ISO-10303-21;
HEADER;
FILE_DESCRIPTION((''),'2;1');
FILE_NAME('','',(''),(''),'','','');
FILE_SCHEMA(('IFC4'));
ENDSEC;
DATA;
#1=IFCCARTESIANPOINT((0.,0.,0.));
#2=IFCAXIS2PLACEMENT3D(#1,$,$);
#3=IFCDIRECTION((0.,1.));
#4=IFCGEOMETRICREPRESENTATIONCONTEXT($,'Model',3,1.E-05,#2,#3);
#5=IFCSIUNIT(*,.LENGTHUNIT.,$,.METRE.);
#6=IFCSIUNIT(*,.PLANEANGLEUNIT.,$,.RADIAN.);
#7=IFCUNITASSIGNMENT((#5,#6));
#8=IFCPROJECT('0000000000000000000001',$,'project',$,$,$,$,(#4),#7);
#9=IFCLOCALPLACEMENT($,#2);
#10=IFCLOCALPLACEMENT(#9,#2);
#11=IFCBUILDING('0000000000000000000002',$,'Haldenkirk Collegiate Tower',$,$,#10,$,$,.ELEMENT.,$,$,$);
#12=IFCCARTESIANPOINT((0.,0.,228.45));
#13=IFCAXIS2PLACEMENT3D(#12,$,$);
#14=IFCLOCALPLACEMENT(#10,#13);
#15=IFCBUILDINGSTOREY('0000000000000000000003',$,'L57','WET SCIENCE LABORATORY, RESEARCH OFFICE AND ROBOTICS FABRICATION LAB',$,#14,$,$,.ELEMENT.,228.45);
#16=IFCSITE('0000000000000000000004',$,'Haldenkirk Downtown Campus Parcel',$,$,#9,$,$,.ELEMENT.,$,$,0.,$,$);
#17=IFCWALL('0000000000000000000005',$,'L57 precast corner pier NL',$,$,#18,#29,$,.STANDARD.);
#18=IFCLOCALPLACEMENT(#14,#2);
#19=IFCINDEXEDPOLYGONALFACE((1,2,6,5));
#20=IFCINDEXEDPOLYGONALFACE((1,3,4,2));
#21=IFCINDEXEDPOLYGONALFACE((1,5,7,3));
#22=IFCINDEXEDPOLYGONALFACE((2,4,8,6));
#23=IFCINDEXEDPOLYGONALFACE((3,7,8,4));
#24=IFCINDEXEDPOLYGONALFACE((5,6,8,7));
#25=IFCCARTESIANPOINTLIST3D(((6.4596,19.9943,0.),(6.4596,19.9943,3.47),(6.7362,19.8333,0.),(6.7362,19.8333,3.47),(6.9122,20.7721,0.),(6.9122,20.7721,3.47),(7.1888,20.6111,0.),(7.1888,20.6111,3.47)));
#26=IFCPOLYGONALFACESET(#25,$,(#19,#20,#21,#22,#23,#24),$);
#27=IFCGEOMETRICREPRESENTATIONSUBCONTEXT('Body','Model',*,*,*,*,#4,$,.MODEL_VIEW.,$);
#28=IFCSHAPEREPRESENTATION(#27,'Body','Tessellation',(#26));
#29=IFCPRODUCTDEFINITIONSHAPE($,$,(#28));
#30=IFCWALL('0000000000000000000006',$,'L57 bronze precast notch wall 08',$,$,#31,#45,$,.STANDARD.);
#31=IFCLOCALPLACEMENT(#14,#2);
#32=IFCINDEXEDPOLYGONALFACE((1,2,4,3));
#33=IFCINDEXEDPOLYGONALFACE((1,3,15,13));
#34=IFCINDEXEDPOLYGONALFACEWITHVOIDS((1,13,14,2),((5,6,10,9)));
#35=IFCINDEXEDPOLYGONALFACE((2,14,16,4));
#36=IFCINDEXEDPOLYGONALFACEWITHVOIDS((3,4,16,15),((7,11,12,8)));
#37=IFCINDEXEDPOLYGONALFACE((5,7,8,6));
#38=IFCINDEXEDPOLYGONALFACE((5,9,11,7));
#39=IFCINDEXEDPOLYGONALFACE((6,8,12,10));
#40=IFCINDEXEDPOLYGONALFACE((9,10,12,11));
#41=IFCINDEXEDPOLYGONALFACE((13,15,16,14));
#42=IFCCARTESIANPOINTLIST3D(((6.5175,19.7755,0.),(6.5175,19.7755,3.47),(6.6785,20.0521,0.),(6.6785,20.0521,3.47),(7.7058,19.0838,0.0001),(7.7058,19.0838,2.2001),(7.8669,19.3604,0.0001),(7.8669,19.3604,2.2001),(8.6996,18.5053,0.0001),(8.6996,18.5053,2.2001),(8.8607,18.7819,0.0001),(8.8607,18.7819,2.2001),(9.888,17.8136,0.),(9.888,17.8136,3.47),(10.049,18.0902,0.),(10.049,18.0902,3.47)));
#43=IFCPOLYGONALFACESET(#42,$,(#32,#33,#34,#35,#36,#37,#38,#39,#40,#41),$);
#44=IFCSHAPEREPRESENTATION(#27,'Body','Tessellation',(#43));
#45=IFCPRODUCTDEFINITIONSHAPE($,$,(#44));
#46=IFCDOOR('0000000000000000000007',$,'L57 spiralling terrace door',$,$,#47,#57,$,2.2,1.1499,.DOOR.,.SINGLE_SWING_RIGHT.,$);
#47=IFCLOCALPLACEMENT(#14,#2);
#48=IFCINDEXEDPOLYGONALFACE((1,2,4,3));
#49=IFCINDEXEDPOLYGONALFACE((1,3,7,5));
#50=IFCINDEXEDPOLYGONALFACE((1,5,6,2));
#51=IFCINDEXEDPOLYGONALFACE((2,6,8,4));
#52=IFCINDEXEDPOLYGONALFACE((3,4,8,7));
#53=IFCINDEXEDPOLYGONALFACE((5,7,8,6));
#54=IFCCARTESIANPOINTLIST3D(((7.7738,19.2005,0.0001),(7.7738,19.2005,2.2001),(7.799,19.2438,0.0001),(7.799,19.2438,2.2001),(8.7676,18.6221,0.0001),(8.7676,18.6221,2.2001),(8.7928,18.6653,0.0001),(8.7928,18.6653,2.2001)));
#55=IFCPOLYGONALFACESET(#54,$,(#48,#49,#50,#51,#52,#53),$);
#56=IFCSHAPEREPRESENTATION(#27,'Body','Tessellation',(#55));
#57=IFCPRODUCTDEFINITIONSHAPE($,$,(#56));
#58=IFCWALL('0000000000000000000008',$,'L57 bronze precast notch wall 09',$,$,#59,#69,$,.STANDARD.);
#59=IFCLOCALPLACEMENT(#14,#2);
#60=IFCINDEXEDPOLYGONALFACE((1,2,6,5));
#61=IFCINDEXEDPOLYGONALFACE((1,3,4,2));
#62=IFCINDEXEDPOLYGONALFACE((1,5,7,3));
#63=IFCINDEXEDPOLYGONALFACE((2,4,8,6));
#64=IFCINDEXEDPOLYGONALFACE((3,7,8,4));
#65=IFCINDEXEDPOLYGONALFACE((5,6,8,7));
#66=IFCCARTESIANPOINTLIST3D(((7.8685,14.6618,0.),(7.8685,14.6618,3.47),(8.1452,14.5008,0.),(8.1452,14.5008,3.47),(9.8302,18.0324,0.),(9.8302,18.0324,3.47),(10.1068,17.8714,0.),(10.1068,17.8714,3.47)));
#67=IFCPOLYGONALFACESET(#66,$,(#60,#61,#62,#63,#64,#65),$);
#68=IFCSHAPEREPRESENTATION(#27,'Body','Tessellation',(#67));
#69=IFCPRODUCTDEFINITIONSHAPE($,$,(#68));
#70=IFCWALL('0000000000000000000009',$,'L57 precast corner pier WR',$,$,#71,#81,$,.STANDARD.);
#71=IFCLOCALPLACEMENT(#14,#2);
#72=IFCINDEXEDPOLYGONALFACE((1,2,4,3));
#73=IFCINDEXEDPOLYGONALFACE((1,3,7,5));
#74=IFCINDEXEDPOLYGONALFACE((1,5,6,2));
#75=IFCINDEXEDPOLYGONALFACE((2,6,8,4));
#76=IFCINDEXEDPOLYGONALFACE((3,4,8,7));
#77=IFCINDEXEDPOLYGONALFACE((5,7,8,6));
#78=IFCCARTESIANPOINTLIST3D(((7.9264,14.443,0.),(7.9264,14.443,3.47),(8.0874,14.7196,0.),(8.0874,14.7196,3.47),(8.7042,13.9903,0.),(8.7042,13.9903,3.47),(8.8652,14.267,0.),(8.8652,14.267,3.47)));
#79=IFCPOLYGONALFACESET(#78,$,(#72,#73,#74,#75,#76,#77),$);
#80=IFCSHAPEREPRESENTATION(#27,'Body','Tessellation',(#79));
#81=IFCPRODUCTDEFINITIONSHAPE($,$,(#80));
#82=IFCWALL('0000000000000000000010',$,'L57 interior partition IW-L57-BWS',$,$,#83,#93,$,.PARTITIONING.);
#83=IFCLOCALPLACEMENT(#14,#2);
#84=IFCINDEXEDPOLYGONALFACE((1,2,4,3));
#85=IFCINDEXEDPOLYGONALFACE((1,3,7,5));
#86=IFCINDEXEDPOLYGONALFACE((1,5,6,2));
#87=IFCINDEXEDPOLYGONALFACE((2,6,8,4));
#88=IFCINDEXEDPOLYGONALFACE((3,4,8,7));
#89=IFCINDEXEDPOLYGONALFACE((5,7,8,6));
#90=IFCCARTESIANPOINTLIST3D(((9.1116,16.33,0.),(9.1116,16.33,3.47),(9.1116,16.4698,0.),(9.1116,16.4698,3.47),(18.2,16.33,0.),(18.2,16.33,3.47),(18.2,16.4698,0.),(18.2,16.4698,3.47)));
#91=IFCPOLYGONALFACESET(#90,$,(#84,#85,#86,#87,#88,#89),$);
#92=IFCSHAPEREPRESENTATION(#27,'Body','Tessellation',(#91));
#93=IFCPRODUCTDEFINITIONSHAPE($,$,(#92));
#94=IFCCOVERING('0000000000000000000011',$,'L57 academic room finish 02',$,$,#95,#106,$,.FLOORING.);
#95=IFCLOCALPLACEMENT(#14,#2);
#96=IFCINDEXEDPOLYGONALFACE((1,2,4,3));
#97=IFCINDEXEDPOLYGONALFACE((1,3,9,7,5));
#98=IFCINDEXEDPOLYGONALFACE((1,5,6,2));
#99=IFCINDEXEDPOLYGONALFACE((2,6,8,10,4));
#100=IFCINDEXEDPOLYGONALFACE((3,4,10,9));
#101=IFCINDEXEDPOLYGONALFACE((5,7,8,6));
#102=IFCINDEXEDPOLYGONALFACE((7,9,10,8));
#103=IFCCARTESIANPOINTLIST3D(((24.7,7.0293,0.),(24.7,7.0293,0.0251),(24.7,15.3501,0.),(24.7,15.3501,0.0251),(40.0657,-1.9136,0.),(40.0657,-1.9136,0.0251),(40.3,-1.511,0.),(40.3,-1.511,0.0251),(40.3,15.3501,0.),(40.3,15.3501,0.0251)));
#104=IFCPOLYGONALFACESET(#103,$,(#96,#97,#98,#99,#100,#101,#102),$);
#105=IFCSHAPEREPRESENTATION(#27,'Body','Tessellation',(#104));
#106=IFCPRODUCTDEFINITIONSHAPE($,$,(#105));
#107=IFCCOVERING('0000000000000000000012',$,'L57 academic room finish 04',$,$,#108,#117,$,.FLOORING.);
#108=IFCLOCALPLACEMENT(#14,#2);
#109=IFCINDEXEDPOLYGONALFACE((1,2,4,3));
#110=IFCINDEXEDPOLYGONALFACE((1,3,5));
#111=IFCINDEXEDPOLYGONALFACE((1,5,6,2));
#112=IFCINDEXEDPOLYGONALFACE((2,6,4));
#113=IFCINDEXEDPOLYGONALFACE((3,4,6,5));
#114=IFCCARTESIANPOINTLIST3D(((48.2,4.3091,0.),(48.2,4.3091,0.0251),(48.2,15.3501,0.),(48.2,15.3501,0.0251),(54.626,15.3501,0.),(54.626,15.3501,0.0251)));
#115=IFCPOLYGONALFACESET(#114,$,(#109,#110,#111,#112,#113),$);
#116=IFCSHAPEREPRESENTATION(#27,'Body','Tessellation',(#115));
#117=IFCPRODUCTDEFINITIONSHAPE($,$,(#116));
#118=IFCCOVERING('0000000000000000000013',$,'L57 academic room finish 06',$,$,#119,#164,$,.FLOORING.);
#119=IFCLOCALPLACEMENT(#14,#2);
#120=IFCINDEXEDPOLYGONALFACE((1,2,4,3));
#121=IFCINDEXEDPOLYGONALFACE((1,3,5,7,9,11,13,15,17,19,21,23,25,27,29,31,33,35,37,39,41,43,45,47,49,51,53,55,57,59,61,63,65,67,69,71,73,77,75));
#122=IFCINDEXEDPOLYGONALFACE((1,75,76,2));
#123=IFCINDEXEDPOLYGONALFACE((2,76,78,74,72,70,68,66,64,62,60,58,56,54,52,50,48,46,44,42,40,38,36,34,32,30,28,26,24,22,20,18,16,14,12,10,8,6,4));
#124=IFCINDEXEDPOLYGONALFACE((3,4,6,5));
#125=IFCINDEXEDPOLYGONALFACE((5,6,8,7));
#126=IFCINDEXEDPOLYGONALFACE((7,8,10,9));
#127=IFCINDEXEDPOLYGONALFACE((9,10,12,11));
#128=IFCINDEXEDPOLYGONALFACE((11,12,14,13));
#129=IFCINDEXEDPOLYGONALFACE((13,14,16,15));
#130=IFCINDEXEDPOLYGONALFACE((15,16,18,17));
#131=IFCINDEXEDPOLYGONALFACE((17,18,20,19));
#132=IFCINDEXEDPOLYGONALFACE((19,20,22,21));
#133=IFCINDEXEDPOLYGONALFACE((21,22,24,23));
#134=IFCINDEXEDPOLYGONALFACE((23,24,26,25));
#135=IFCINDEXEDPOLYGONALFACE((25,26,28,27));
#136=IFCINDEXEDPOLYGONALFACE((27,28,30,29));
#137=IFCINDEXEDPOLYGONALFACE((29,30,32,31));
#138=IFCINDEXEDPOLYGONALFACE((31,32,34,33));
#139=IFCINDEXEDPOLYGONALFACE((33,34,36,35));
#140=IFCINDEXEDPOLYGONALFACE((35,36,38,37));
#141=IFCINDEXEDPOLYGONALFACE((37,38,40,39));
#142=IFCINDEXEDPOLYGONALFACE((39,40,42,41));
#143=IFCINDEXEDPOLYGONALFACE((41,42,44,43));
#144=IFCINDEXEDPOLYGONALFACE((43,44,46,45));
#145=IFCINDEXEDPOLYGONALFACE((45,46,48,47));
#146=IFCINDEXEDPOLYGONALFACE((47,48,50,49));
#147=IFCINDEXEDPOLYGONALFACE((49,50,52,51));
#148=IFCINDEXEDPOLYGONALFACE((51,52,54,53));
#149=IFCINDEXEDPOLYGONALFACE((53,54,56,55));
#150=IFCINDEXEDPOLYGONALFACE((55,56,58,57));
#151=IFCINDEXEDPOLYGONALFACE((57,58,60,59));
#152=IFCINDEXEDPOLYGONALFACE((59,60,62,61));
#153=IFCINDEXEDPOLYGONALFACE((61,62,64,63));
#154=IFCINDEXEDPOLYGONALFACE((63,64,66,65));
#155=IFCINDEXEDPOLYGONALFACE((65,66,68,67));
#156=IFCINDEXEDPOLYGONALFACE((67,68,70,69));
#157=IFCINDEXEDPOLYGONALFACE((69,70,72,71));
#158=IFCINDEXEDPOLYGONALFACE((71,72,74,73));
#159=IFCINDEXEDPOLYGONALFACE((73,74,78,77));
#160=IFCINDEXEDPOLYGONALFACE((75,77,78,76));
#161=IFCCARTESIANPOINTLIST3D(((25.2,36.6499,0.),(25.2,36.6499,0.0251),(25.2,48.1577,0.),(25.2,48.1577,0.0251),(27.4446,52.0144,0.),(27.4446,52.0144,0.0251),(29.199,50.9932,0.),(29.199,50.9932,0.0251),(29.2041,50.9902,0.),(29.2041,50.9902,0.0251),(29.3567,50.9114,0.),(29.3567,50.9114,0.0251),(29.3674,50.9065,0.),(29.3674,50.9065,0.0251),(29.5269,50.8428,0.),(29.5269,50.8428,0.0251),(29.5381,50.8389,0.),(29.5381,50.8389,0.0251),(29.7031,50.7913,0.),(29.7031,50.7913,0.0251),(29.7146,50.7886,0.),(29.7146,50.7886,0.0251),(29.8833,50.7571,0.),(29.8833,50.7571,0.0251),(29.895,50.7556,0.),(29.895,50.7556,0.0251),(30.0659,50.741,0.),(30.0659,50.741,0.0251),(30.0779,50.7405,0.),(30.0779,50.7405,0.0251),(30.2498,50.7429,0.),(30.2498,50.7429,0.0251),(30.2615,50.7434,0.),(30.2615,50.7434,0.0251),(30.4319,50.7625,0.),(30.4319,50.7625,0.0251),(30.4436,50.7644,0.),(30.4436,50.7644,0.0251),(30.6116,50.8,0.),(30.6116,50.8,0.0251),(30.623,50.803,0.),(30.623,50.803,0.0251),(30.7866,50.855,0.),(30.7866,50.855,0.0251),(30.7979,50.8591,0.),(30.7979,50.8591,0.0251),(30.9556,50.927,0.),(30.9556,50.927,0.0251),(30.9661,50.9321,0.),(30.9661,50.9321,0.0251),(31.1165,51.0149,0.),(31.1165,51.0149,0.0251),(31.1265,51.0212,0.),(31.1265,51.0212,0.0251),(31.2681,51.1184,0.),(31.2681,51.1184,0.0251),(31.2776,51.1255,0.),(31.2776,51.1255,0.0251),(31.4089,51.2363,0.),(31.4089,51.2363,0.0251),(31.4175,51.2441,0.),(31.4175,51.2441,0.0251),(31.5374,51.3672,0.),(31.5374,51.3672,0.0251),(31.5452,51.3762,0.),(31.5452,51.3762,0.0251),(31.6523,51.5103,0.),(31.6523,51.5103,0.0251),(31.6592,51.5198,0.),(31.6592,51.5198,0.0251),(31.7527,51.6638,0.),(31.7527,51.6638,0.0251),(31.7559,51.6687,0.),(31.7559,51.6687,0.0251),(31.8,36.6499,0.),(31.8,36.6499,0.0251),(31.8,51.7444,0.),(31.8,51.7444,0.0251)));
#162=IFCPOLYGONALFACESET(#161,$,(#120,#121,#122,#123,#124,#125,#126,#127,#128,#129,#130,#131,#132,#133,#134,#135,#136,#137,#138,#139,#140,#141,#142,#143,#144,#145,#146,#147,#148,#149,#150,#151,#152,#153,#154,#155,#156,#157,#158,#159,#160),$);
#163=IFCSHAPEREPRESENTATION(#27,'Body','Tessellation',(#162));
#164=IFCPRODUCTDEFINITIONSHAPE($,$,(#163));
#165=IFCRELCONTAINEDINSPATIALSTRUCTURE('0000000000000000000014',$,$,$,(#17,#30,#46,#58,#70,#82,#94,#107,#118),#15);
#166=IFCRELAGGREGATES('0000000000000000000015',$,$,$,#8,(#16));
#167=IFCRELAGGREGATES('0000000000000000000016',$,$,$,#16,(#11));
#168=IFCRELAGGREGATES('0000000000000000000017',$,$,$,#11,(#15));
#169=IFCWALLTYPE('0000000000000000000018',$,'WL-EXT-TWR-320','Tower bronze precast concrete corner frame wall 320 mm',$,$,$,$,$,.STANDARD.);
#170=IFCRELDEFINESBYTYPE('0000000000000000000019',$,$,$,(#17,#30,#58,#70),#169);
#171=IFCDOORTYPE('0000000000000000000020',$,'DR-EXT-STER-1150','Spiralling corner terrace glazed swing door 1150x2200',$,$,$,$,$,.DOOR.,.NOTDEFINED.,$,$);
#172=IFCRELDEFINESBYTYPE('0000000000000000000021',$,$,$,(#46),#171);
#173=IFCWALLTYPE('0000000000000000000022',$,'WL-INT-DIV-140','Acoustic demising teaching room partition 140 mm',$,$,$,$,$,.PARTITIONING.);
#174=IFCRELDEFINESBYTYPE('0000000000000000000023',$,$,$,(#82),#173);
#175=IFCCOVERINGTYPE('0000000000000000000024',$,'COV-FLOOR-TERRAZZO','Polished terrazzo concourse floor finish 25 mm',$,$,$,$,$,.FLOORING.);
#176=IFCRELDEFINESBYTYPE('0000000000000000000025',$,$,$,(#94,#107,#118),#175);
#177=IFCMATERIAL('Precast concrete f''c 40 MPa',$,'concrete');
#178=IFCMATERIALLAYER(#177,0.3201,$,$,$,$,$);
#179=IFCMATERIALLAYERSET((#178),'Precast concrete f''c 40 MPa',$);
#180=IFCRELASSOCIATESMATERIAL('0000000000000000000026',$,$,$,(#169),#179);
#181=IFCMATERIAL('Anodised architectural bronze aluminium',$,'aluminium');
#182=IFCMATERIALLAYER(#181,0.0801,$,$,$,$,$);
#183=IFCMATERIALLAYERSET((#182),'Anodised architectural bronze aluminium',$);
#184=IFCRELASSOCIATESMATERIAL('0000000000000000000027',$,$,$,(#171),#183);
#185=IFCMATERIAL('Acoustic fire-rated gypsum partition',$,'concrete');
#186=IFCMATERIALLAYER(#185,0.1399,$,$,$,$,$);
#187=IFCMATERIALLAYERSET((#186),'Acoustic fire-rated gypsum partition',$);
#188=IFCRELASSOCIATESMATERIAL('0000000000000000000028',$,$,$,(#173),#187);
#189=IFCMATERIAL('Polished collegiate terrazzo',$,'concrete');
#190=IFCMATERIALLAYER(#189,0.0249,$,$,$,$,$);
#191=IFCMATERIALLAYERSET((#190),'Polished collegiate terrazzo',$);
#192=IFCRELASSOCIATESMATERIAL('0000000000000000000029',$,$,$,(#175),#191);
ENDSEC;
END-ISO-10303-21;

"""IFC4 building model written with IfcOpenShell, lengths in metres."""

from ifc_helpers import new_model, si_unit, direction, frame, frame_2d, origin, place, context, subcontext, project, spatial, polyline, rectangle, outline, extrude, material, layer, layer_set, type_object, element, fill, save


model = new_model("IFC4")

# Units and contexts
model_context = context("Model", 3, precision=1e-05, world=origin(), true_north=direction((0.0, 1.0)))
body_context = subcontext(model_context, "Body", "Model", "MODEL_VIEW")
ifc_project = project(units=[si_unit("LENGTHUNIT", "METRE"), si_unit("PLANEANGLEUNIT", "RADIAN")], contexts=[model_context])

# Site, building, storey
site_placement = place(None, origin())
site = spatial("IfcSite", under=ifc_project, at=site_placement, Name="Haldenkirk Downtown Campus Parcel", CompositionType="ELEMENT", RefElevation=0.0)
building_placement = place(site_placement, origin())
building = spatial("IfcBuilding", under=site, at=building_placement, Name="Haldenkirk Collegiate Tower", CompositionType="ELEMENT")
storey_placement = place(building_placement, frame((0.0, 0.0, 228.45)))
storey = spatial("IfcBuildingStorey", under=building, at=storey_placement, Name="L57", Description="WET SCIENCE LABORATORY, RESEARCH OFFICE AND ROBOTICS FABRICATION LAB", CompositionType="ELEMENT", Elevation=228.45)

# Shared definitions
ifc_material_1 = material(Name="Anodised architectural bronze aluminium", Category="aluminium")

# Wall
ifc_material_2 = material(Name="Precast concrete f'c 40 MPa", Category="concrete")
ifc_layer_1 = layer(ifc_material_2, 0.3201)
ifc_layer_set_1 = layer_set([ifc_layer_1], Name="Precast concrete f'c 40 MPa")
wall_type_1 = type_object("IfcWallType", Name="WL-EXT-TWR-320", Description="Tower bronze precast concrete corner frame wall 320 mm", PredefinedType="STANDARD", material=ifc_layer_set_1)
wall_1_placement = place(storey_placement, frame((6.5979, 19.9138, 0.0), z_axis=(0.0, 0.0, 1.0), x_axis=(0.50296, 0.86431, 0.0)))
element("IfcWall", 1, at=wall_1_placement, inside=storey, type_object=wall_type_1, Name="L57 precast corner pier NL", PredefinedType="STANDARD", context=body_context, shape_type="SweptSolid", body=[
    extrude(rectangle(XDim=0.8999, YDim=0.3201, at=frame_2d((0.45, 0.0))), origin(), (0.0, 0.0, 1.0), 3.47),
])

# Wall, opening, door
wall_2_placement = place(storey_placement, frame((9.9685, 17.9519, 0.0), z_axis=(0.0, 0.0, 1.0), x_axis=(-0.864255, 0.503053, 0.0)))
wall_2 = element("IfcWall", 2, at=wall_2_placement, inside=storey, type_object=wall_type_1, Name="L57 bronze precast notch wall 08", PredefinedType="STANDARD", context=body_context, shape_type="SweptSolid", body=[
    extrude(rectangle(XDim=3.8999, YDim=0.3201, at=frame_2d((1.95, 0.0))), origin(), (0.0, 0.0, 1.0), 3.47),
])
opening_placement = place(wall_2_placement, frame((1.375, 0.0, 0.0)))
opening = element("IfcOpeningElement", 3, at=opening_placement, cuts=wall_2, PredefinedType="OPENING", context=body_context, shape_type="SweptSolid", body=[
    extrude(rectangle(XDim=1.1499, YDim=2.2, at=frame_2d((0.575, 1.1001))), frame((0.0, 0.1699, 0.0), z_axis=(0.0, -1.0, 0.0), x_axis=(1.0, 0.0, 0.0)), (0.0, 0.0, 1.0), 0.3401),
])
ifc_layer_2 = layer(ifc_material_1, 0.0801)
ifc_layer_set_2 = layer_set([ifc_layer_2], Name="Anodised architectural bronze aluminium")
door_type = type_object("IfcDoorType", Name="DR-EXT-STER-1150", Description="Spiralling corner terrace glazed swing door 1150x2200", OperationType="NOTDEFINED", PredefinedType="DOOR", material=ifc_layer_set_2)
door_placement = place(opening_placement, origin())
door = element("IfcDoor", 4, at=door_placement, inside=storey, type_object=door_type, Name="L57 spiralling terrace door", OperationType="SINGLE_SWING_RIGHT", OverallHeight=2.2, OverallWidth=1.1499, PredefinedType="DOOR", context=body_context, shape_type="SweptSolid", body=[
    extrude(rectangle(XDim=1.1499, YDim=2.2, at=frame_2d((0.575, 1.1001))), frame((0.0, 0.0249, 0.0), z_axis=(0.0, -1.0, 0.0), x_axis=(1.0, 0.0, 0.0)), (0.0, 0.0, 1.0), 0.05),
])
fill(opening, door)

# Walls
wall_3_placement = place(storey_placement, frame((8.0068, 14.5813, 0.0), z_axis=(0.0, 0.0, 1.0), x_axis=(0.503007, 0.864283, 0.0)))
element("IfcWall", 5, at=wall_3_placement, inside=storey, type_object=wall_type_1, Name="L57 bronze precast notch wall 09", PredefinedType="STANDARD", context=body_context, shape_type="SweptSolid", body=[
    extrude(rectangle(XDim=3.8999, YDim=0.3201, at=frame_2d((1.95, 0.0))), origin(), (0.0, 0.0, 1.0), 3.47),
])
wall_4_placement = place(storey_placement, frame((8.7847, 14.1287, 0.0), z_axis=(0.0, 0.0, 1.0), x_axis=(-0.86431, 0.50296, 0.0)))
element("IfcWall", 6, at=wall_4_placement, inside=storey, type_object=wall_type_1, Name="L57 precast corner pier WR", PredefinedType="STANDARD", context=body_context, shape_type="SweptSolid", body=[
    extrude(rectangle(XDim=0.8999, YDim=0.3201, at=frame_2d((0.45, 0.0))), origin(), (0.0, 0.0, 1.0), 3.47),
])
ifc_material_3 = material(Name="Acoustic fire-rated gypsum partition", Category="concrete")
ifc_layer_3 = layer(ifc_material_3, 0.1399)
ifc_layer_set_3 = layer_set([ifc_layer_3], Name="Acoustic fire-rated gypsum partition")
wall_type_2 = type_object("IfcWallType", Name="WL-INT-DIV-140", Description="Acoustic demising teaching room partition 140 mm", PredefinedType="PARTITIONING", material=ifc_layer_set_3)
wall_5_placement = place(storey_placement, frame((9.1116, 16.3999, 0.0), z_axis=(0.0, 0.0, 1.0), x_axis=(1.0, 0.0, 0.0)))
element("IfcWall", 7, at=wall_5_placement, inside=storey, type_object=wall_type_2, Name="L57 interior partition IW-L57-BWS", PredefinedType="PARTITIONING", context=body_context, shape_type="SweptSolid", body=[
    extrude(rectangle(XDim=9.0884, YDim=0.1399, at=frame_2d((4.5442, 0.0))), origin(), (0.0, 0.0, 1.0), 3.47),
])

# Coverings
ifc_material_4 = material(Name="Polished collegiate terrazzo", Category="concrete")
ifc_layer_4 = layer(ifc_material_4, 0.0249)
ifc_layer_set_4 = layer_set([ifc_layer_4], Name="Polished collegiate terrazzo")
covering_type_1 = type_object("IfcCoveringType", Name="COV-FLOOR-TERRAZZO", Description="Polished terrazzo concourse floor finish 25 mm", PredefinedType="FLOORING", material=ifc_layer_set_4)
covering_1_placement = place(storey_placement, origin())
element("IfcCovering", 8, at=covering_1_placement, inside=storey, type_object=covering_type_1, Name="L57 academic room finish 02", PredefinedType="FLOORING", context=body_context, shape_type="SweptSolid", body=[
    extrude(outline(polyline([(40.0657, -1.9136), (24.7, 7.0293), (24.7, 15.3501), (40.3, 15.3501), (40.3, -1.511), (40.0657, -1.9136)])), origin(), (0.0, 0.0, 1.0), 0.0251),
])
covering_2_placement = place(storey_placement, origin())
element("IfcCovering", 9, at=covering_2_placement, inside=storey, type_object=covering_type_1, Name="L57 academic room finish 04", PredefinedType="FLOORING", context=body_context, shape_type="SweptSolid", body=[
    extrude(outline(polyline([(48.2, 4.3091), (48.2, 15.3501), (54.626, 15.3501), (48.2, 4.3091)])), origin(), (0.0, 0.0, 1.0), 0.0251),
])
covering_3_placement = place(storey_placement, origin())
element("IfcCovering", 10, at=covering_3_placement, inside=storey, type_object=covering_type_1, Name="L57 academic room finish 06", PredefinedType="FLOORING", context=body_context, shape_type="SweptSolid", body=[
    extrude(outline(polyline([(27.4446, 52.0144), (29.199, 50.9932), (29.2041, 50.9902), (29.3567, 50.9114), (29.3674, 50.9065), (29.5269, 50.8428), (29.5381, 50.8389), (29.7031, 50.7913), (29.7146, 50.7886), (29.8833, 50.7571), (29.895, 50.7556), (30.0659, 50.741), (30.0779, 50.7405), (30.2498, 50.7429), (30.2615, 50.7434), (30.4319, 50.7625), (30.4436, 50.7644), (30.6116, 50.8), (30.623, 50.803), (30.7866, 50.855), (30.7979, 50.8591), (30.9556, 50.927), (30.9661, 50.9321), (31.1165, 51.0149), (31.1265, 51.0212), (31.2681, 51.1184), (31.2776, 51.1255), (31.4089, 51.2363), (31.4175, 51.2441), (31.5374, 51.3672), (31.5452, 51.3762), (31.6523, 51.5103), (31.6592, 51.5198), (31.7527, 51.6638), (31.7559, 51.6687), (31.8, 51.7444), (31.8, 36.6499), (25.2, 36.6499), (25.2, 48.1577), (27.4446, 52.0144)])), origin(), (0.0, 0.0, 1.0), 0.0251),
])

save(model, "model.ifc")
